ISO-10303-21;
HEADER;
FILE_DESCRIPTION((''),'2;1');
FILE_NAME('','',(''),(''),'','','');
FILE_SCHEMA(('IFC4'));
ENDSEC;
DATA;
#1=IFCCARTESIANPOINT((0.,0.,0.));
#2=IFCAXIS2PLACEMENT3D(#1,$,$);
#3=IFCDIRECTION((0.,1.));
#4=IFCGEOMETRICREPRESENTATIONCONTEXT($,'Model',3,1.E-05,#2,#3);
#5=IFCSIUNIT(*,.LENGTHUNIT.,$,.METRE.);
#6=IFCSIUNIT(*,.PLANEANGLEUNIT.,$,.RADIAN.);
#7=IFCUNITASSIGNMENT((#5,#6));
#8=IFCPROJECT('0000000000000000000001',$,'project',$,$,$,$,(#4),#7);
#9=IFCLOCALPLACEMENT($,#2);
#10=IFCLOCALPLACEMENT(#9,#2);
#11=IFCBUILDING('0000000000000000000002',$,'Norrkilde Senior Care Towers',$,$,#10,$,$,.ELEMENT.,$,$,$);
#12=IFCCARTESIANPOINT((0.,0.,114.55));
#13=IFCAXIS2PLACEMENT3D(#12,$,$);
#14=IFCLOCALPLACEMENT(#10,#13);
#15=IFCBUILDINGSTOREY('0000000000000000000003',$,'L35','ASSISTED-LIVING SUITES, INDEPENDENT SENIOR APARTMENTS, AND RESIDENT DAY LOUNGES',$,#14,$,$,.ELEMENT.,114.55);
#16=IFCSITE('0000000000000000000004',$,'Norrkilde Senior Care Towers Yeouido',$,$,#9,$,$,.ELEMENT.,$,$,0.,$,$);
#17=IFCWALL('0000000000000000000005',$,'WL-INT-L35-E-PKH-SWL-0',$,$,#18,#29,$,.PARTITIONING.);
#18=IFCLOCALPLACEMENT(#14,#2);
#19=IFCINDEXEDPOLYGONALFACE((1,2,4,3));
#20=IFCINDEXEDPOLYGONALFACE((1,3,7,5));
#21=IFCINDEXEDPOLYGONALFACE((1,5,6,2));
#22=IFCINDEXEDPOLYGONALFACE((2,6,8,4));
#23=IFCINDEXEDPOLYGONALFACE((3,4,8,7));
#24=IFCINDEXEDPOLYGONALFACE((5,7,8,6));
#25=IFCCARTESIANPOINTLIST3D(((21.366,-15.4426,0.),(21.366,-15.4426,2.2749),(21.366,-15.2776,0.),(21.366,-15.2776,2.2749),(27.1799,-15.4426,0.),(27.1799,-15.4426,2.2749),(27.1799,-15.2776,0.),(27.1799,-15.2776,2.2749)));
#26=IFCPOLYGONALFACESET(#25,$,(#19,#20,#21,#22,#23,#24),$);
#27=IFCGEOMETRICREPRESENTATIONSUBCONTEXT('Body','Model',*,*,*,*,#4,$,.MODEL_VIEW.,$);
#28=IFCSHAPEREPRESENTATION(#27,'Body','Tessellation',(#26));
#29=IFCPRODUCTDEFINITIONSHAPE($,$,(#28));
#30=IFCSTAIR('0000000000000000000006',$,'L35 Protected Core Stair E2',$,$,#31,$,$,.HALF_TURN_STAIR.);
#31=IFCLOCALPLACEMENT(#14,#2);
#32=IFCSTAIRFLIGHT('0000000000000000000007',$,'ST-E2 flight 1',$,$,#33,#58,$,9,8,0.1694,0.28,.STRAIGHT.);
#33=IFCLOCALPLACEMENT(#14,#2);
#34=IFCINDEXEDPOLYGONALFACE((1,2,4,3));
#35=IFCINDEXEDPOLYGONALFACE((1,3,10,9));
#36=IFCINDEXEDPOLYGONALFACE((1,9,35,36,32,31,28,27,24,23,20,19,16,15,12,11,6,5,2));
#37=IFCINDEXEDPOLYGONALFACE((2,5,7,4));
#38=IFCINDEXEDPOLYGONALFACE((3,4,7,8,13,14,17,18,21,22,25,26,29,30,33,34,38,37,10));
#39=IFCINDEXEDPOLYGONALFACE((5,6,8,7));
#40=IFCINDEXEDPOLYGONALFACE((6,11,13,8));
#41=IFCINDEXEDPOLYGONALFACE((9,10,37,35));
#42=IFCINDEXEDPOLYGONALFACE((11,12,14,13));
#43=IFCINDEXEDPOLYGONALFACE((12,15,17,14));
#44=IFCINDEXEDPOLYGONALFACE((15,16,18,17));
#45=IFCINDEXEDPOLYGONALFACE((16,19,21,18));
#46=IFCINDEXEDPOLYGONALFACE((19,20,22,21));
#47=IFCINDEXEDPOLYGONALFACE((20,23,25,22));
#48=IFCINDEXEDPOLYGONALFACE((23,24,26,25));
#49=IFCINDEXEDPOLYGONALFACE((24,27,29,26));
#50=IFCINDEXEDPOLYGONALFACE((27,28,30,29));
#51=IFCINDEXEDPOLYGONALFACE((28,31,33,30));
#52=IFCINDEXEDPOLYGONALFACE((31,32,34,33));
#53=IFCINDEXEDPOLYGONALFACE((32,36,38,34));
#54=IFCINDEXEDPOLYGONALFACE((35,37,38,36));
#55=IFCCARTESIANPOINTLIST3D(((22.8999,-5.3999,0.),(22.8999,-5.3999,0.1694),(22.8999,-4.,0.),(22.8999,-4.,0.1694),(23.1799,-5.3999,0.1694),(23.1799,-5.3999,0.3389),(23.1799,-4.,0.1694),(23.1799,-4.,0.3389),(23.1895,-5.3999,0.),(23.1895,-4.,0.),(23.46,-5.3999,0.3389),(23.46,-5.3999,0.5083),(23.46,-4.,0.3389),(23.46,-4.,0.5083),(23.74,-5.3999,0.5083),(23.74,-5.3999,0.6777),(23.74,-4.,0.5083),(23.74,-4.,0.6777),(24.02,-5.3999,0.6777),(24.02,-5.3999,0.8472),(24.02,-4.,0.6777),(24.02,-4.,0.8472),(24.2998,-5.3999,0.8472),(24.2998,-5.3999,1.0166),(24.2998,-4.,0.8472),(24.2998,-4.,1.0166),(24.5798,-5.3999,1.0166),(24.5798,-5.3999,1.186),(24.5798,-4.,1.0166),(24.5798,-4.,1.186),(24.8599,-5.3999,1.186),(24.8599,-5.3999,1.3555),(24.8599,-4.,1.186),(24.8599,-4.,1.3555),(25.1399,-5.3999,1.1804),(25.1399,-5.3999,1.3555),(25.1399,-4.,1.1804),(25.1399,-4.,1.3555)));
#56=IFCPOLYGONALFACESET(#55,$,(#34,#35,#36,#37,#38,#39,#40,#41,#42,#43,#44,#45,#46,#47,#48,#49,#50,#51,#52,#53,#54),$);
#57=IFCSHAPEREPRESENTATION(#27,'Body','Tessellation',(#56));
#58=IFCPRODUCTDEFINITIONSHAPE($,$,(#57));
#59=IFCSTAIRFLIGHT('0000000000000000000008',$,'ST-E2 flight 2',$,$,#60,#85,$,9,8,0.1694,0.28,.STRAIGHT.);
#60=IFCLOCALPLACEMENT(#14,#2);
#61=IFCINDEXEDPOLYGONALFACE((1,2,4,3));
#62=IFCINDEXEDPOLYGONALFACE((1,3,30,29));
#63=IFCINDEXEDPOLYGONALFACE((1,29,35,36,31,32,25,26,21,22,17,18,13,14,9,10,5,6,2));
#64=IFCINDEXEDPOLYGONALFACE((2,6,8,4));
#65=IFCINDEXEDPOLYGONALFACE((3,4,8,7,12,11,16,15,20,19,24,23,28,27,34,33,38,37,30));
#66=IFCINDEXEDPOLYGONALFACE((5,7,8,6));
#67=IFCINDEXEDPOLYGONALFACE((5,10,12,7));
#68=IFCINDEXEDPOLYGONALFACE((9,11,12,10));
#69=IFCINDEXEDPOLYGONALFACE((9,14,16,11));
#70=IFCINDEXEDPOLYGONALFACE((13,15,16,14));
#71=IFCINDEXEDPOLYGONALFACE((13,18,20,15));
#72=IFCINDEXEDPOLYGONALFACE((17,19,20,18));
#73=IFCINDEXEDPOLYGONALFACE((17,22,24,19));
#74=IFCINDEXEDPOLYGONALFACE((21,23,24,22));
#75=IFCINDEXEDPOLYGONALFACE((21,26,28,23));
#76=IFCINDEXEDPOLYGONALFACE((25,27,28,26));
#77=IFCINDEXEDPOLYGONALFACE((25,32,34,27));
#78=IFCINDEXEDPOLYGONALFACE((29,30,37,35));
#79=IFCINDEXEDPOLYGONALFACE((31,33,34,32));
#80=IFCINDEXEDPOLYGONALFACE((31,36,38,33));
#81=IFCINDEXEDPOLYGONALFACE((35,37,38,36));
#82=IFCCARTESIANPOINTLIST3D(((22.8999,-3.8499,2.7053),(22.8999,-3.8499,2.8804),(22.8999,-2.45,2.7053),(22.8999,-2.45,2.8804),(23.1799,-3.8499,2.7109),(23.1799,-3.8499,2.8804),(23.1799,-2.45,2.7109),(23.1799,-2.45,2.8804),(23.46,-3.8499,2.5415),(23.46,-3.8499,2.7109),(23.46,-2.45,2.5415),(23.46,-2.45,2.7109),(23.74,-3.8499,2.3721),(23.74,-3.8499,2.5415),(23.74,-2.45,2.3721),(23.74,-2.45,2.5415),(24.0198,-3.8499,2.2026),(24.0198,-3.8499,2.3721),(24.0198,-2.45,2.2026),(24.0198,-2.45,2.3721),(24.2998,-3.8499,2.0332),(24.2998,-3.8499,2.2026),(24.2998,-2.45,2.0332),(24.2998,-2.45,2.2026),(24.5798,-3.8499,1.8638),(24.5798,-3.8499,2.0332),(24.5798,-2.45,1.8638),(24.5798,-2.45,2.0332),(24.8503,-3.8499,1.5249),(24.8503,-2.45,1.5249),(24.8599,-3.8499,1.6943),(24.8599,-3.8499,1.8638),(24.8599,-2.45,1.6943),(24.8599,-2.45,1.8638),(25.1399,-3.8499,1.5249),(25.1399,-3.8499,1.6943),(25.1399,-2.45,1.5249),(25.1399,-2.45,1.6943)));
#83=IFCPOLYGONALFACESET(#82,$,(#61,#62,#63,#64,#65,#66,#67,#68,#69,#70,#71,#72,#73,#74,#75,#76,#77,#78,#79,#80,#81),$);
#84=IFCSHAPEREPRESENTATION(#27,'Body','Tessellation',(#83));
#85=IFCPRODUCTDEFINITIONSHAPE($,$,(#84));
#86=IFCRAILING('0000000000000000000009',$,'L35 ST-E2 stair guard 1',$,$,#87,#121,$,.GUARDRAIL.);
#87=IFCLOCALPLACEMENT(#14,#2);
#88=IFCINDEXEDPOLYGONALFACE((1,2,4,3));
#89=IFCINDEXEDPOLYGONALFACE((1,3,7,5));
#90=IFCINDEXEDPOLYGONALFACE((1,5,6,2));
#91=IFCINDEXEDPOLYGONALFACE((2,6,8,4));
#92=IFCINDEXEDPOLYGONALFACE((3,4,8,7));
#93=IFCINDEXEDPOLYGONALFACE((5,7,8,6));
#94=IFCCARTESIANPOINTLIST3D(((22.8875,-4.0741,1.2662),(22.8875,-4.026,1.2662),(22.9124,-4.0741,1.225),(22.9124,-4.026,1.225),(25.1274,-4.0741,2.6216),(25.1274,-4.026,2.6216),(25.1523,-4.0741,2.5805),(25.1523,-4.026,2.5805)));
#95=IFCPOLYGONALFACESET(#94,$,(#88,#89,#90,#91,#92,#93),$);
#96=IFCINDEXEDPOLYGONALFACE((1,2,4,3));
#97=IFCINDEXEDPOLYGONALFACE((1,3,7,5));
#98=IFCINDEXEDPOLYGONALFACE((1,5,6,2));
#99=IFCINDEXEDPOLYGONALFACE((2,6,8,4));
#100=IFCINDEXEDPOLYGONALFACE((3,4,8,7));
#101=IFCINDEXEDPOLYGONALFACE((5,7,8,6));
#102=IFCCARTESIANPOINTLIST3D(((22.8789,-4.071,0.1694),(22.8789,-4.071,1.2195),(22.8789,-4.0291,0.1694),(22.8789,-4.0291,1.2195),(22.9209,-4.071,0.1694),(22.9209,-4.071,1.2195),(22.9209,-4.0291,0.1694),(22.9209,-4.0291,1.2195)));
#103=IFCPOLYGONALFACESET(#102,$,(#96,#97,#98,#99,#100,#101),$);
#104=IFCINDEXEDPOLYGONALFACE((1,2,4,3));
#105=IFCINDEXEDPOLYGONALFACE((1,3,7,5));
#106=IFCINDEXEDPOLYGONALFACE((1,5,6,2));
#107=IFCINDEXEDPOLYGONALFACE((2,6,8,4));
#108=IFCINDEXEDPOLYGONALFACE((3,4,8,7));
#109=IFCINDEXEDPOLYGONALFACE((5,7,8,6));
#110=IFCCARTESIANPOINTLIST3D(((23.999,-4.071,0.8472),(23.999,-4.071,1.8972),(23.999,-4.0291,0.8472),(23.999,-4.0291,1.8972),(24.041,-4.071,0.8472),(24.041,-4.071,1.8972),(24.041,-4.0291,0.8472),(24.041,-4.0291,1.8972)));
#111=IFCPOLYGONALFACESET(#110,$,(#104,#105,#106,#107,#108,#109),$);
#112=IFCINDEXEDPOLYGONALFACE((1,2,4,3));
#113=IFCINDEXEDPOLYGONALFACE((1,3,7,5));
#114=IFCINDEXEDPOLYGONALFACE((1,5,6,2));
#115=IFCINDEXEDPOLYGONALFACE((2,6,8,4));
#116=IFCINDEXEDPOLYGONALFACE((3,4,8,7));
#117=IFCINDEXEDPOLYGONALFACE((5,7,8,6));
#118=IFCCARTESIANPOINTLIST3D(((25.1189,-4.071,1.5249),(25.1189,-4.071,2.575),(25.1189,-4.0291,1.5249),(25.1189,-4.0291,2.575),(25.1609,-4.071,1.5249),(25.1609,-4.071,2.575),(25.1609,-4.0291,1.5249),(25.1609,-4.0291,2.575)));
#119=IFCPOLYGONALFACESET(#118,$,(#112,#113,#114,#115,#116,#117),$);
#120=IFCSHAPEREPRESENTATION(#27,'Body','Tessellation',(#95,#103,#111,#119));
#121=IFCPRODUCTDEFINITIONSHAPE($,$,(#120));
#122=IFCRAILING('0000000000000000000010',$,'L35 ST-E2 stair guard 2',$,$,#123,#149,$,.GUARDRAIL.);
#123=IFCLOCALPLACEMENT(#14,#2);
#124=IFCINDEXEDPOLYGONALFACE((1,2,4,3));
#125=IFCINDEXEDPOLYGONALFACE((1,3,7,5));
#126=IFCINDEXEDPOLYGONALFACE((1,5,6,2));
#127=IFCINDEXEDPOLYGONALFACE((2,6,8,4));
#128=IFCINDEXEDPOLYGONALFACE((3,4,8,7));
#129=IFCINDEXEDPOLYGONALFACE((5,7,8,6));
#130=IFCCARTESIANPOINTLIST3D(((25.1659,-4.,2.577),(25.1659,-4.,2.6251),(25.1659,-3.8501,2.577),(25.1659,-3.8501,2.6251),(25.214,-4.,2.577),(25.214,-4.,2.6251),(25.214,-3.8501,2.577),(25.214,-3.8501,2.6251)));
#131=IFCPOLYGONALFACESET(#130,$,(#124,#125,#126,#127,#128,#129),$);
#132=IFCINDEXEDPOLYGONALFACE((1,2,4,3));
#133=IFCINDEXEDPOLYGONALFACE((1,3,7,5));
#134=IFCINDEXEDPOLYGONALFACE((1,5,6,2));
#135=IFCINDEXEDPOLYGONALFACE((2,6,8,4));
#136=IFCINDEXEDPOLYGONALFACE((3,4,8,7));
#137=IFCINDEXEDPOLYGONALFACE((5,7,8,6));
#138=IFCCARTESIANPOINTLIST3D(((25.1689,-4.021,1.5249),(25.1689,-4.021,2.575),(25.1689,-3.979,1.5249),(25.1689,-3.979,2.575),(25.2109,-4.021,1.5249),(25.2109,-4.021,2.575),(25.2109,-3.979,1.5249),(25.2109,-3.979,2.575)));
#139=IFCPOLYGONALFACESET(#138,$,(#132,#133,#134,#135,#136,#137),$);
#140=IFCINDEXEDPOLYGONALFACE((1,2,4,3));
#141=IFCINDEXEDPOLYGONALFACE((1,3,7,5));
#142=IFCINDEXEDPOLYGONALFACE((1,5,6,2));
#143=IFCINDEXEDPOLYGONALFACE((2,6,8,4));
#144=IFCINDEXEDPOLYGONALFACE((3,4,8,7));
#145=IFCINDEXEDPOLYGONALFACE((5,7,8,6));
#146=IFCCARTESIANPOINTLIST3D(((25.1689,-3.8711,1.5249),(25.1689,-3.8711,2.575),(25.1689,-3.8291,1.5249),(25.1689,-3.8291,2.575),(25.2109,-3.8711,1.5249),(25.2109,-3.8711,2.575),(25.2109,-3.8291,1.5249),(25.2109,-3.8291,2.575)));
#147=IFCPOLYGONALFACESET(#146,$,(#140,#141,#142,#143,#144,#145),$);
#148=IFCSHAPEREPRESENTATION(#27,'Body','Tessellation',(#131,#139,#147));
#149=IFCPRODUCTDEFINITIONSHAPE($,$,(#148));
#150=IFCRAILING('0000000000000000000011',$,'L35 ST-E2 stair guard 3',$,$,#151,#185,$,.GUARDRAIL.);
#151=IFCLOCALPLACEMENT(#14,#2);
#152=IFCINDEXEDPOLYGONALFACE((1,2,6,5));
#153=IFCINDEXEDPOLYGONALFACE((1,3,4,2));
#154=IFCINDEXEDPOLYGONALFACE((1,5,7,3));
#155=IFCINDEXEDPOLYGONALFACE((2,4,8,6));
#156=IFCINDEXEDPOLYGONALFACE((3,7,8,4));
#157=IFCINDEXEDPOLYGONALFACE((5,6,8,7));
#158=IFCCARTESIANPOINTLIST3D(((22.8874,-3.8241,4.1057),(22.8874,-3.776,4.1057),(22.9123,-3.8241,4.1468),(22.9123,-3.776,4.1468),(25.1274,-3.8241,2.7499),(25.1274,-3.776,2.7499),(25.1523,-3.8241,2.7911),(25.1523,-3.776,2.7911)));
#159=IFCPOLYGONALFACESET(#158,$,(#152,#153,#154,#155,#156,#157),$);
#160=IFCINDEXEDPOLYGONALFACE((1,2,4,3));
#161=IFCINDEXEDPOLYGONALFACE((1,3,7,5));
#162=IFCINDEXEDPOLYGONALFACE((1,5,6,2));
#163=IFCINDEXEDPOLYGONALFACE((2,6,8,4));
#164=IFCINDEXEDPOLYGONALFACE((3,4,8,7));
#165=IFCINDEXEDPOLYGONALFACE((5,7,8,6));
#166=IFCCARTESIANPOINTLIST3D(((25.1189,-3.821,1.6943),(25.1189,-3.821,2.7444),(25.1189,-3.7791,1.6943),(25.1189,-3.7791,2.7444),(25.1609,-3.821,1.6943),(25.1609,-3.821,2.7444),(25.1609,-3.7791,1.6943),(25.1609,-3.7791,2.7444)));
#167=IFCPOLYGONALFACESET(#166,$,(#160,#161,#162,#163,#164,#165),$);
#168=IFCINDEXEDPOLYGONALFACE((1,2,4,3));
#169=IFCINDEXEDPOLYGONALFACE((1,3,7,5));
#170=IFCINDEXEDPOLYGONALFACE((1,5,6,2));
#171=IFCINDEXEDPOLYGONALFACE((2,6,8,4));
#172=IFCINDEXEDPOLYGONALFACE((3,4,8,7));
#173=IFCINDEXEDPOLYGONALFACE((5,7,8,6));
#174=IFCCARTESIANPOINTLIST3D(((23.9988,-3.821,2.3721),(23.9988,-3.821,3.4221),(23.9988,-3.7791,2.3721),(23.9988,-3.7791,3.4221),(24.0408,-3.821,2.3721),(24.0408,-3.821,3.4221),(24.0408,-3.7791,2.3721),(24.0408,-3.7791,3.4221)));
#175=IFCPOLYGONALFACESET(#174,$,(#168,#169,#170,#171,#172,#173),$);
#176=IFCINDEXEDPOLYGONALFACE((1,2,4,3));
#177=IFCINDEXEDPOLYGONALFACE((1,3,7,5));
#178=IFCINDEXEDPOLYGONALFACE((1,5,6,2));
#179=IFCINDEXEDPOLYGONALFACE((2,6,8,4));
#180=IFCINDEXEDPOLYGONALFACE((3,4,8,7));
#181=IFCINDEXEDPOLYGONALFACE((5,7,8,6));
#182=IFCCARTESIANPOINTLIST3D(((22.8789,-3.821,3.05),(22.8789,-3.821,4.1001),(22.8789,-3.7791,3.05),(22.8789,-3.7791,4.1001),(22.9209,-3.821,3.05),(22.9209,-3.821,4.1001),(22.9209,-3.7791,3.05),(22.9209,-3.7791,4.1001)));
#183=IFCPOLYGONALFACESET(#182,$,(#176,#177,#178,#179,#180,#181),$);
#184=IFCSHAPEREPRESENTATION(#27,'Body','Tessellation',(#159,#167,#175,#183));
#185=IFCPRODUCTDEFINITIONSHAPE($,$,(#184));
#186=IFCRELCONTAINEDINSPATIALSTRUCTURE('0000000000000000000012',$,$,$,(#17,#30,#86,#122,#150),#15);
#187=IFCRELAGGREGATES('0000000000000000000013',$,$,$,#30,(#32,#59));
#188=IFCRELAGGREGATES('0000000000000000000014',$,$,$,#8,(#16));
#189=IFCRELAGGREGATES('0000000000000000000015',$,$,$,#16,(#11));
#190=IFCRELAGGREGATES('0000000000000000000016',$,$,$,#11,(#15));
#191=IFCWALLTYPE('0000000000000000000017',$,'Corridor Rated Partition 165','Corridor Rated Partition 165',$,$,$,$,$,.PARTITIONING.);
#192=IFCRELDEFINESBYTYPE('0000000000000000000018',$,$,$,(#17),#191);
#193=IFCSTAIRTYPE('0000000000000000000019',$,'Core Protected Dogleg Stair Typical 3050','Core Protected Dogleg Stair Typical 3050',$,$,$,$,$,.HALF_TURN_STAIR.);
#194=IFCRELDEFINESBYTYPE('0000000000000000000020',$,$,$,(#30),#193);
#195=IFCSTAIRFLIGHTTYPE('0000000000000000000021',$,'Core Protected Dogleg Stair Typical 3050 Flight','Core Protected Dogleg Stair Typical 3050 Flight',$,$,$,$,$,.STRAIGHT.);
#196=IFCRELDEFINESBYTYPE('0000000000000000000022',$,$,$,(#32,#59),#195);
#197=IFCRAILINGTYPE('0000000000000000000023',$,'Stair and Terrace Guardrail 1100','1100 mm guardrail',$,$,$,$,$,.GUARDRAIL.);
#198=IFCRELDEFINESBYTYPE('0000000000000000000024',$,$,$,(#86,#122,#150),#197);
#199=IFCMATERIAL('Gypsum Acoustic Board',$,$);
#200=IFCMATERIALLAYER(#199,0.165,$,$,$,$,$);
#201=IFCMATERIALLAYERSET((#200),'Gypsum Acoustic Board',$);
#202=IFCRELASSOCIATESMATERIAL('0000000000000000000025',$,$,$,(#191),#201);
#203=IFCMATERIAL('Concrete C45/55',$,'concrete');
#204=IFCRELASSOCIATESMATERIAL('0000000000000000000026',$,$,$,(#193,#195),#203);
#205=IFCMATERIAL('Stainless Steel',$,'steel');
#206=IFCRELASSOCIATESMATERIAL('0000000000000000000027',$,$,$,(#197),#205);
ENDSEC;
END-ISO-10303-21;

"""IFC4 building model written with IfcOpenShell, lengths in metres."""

from ifc_helpers import new_model, si_unit, direction, frame, frame_2d, origin, origin_2d, place, context, subcontext, project, spatial, polyline, rectangle, outline, extrude, source, transform, mapped, material, layer, layer_set, type_object, element, aggregate, save


model = new_model("IFC4")

# Units and contexts
model_context = context("Model", 3, precision=1e-05, world=origin(), true_north=direction((0.0, 1.0)))
body_context = subcontext(model_context, "Body", "Model", "MODEL_VIEW")
ifc_project = project(units=[si_unit("LENGTHUNIT", "METRE"), si_unit("PLANEANGLEUNIT", "RADIAN")], contexts=[model_context])

# Site, building, storey
site_placement = place(None, origin())
site = spatial("IfcSite", under=ifc_project, at=site_placement, Name="Norrkilde Senior Care Towers Yeouido", CompositionType="ELEMENT", RefElevation=0.0)
building_placement = place(site_placement, origin())
building = spatial("IfcBuilding", under=site, at=building_placement, Name="Norrkilde Senior Care Towers", CompositionType="ELEMENT")
storey_placement = place(building_placement, frame((0.0, 0.0, 114.55)))
storey = spatial("IfcBuildingStorey", under=building, at=storey_placement, Name="L35", Description="ASSISTED-LIVING SUITES, INDEPENDENT SENIOR APARTMENTS, AND RESIDENT DAY LOUNGES", CompositionType="ELEMENT", Elevation=114.55)

# Shared definitions
ifc_material_1 = material(Name="Concrete C45/55", Category="concrete")

# Wall
ifc_material_2 = material(Name="Gypsum Acoustic Board")
ifc_layer_1 = layer(ifc_material_2, 0.165)
ifc_layer_set_1 = layer_set([ifc_layer_1], Name="Gypsum Acoustic Board")
wall_type_1 = type_object("IfcWallType", Name="Corridor Rated Partition 165", Description="Corridor Rated Partition 165", PredefinedType="PARTITIONING", material=ifc_layer_set_1)
shared_shape_1 = source(origin(), body_context, "Body", "SweptSolid", [
    extrude(rectangle(XDim=5.814, YDim=0.165, at=frame_2d((2.907, 0.0))), origin(), (0.0, 0.0, 1.0), 2.2749),
])
wall_1_placement = place(storey_placement, frame((21.366, -15.3601, 0.0), z_axis=(0.0, 0.0, 1.0), x_axis=(1.0, 0.0, 0.0)))
element("IfcWall", 1, at=wall_1_placement, inside=storey, type_object=wall_type_1, Name="WL-INT-L35-E-PKH-SWL-0", PredefinedType="PARTITIONING", context=body_context, shape_type="MappedRepresentation", body=[
    mapped(shared_shape_1, transform((0.0, 0.0, 0.0), x_axis=(1.0, 0.0, 0.0), y_axis=(0.0, 1.0, 0.0), z_axis=(0.0, 0.0, 1.0), scale=1.0)),
])

# Stair, stair flights
stair_type = type_object("IfcStairType", Name="Core Protected Dogleg Stair Typical 3050", Description="Core Protected Dogleg Stair Typical 3050", PredefinedType="HALF_TURN_STAIR", material=ifc_material_1)
stair_placement = place(storey_placement, origin())
stair = element("IfcStair", 2, at=stair_placement, inside=storey, type_object=stair_type, Name="L35 Protected Core Stair E2", PredefinedType="HALF_TURN_STAIR")
stair_flight_type = type_object("IfcStairFlightType", Name="Core Protected Dogleg Stair Typical 3050 Flight", Description="Core Protected Dogleg Stair Typical 3050 Flight", PredefinedType="STRAIGHT", material=ifc_material_1)
stair_flight_1_placement = place(storey_placement, frame((22.8999, -4.7, 0.0), z_axis=(0.0, 0.0, 1.0), x_axis=(1.0, 0.0, 0.0)))
stair_flight_1 = element("IfcStairFlight", 3, at=stair_flight_1_placement, type_object=stair_flight_type, Name="ST-E2 flight 1", NumberOfRisers=9, NumberOfTreads=8, PredefinedType="STRAIGHT", RiserHeight=0.1694, TreadLength=0.28, context=body_context, shape_type="SweptSolid", body=[
    extrude(outline(polyline([(0.0, 0.0), (0.0, 0.1694), (0.28, 0.1694), (0.28, 0.3389), (0.5601, 0.3389), (0.5601, 0.5083), (0.8401, 0.5083), (0.8401, 0.6777), (1.1201, 0.6777), (1.1201, 0.8472), (1.3999, 0.8472), (1.3999, 1.0166), (1.6799, 1.0166), (1.6799, 1.186), (1.96, 1.186), (1.96, 1.3555), (2.24, 1.3555), (2.24, 1.5249), (2.24, 1.1804), (0.2896, 0.0), (0.0, 0.0)])), frame((0.0, 0.7, 0.0), z_axis=(0.0, -1.0, 0.0), x_axis=(1.0, 0.0, 0.0)), (0.0, 0.0, 1.0), 1.3999),
])
stair_flight_2_placement = place(storey_placement, frame((25.1399, -3.1499, 1.5249), z_axis=(0.0, 0.0, 1.0), x_axis=(-1.0, 0.0, 0.0)))
stair_flight_2 = element("IfcStairFlight", 4, at=stair_flight_2_placement, type_object=stair_flight_type, Name="ST-E2 flight 2", NumberOfRisers=9, NumberOfTreads=8, PredefinedType="STRAIGHT", RiserHeight=0.1694, TreadLength=0.28, context=body_context, shape_type="SweptSolid", body=[
    extrude(outline(polyline([(0.0, 0.0), (0.0, 0.1694), (0.28, 0.1694), (0.28, 0.3389), (0.5601, 0.3389), (0.5601, 0.5083), (0.8401, 0.5083), (0.8401, 0.6777), (1.1201, 0.6777), (1.1201, 0.8472), (1.3999, 0.8472), (1.3999, 1.0166), (1.6799, 1.0166), (1.6799, 1.186), (1.96, 1.186), (1.96, 1.3555), (2.24, 1.3555), (2.24, 1.5249), (2.24, 1.1804), (0.2896, 0.0), (0.0, 0.0)])), frame((0.0, 0.7, 0.0), z_axis=(0.0, -1.0, 0.0), x_axis=(1.0, 0.0, 0.0)), (0.0, 0.0, 1.0), 1.3999),
])
aggregate(stair, [stair_flight_1, stair_flight_2])

# Railings
ifc_material_3 = material(Name="Stainless Steel", Category="steel")
railing_type_1 = type_object("IfcRailingType", Name="Stair and Terrace Guardrail 1100", Description="1100 mm guardrail", PredefinedType="GUARDRAIL", material=ifc_material_3)
railing_1_placement = place(storey_placement, frame((22.8999, -4.05, 0.1694)))
element("IfcRailing", 5, at=railing_1_placement, inside=storey, type_object=railing_type_1, Name="L35 ST-E2 stair guard 1", PredefinedType="GUARDRAIL", context=body_context, shape_type="SweptSolid", body=[
    extrude(rectangle(XDim=0.0481, YDim=0.0481, at=origin_2d()), frame((0.0, 0.0, 1.0762), z_axis=(0.855553, 0.0, 0.517715), x_axis=(0.0, 1.0, 0.0)), (0.0, 0.0, 1.0), 2.6182),
    extrude(rectangle(XDim=0.042, YDim=0.042, at=origin_2d()), origin(), (0.0, 0.0, 1.0), 1.05),
    extrude(rectangle(XDim=0.042, YDim=0.042, at=origin_2d()), frame((1.1201, 0.0, 0.6777)), (0.0, 0.0, 1.0), 1.05),
    extrude(rectangle(XDim=0.042, YDim=0.042, at=origin_2d()), frame((2.24, 0.0, 1.3555)), (0.0, 0.0, 1.0), 1.05),
])
railing_2_placement = place(storey_placement, frame((25.1899, -4.0, 1.5249)))
element("IfcRailing", 6, at=railing_2_placement, inside=storey, type_object=railing_type_1, Name="L35 ST-E2 stair guard 2", PredefinedType="GUARDRAIL", context=body_context, shape_type="SweptSolid", body=[
    extrude(rectangle(XDim=0.0481, YDim=0.0481, at=origin_2d()), frame((0.0, 0.0, 1.0762), z_axis=(0.0, 1.0, 0.0), x_axis=(-1.0, 0.0, 0.0)), (0.0, 0.0, 1.0), 0.1499),
    extrude(rectangle(XDim=0.042, YDim=0.042, at=origin_2d()), origin(), (0.0, 0.0, 1.0), 1.05),
    extrude(rectangle(XDim=0.042, YDim=0.042, at=origin_2d()), frame((0.0, 0.1499, 0.0)), (0.0, 0.0, 1.0), 1.05),
])
railing_3_placement = place(storey_placement, frame((25.1399, -3.8, 1.6943)))
element("IfcRailing", 7, at=railing_3_placement, inside=storey, type_object=railing_type_1, Name="L35 ST-E2 stair guard 3", PredefinedType="GUARDRAIL", context=body_context, shape_type="SweptSolid", body=[
    extrude(rectangle(XDim=0.0481, YDim=0.0481, at=origin_2d()), frame((0.0, 0.0, 1.0762), z_axis=(-0.855512, 0.0, 0.517783), x_axis=(0.0, -1.0, 0.0)), (0.0, 0.0, 1.0), 2.6184),
    extrude(rectangle(XDim=0.042, YDim=0.042, at=origin_2d()), origin(), (0.0, 0.0, 1.0), 1.05),
    extrude(rectangle(XDim=0.042, YDim=0.042, at=origin_2d()), frame((-1.1201, 0.0, 0.6777)), (0.0, 0.0, 1.0), 1.05),
    extrude(rectangle(XDim=0.042, YDim=0.042, at=origin_2d()), frame((-2.24, 0.0, 1.3557)), (0.0, 0.0, 1.0), 1.05),
])

save(model, "model.ifc")
